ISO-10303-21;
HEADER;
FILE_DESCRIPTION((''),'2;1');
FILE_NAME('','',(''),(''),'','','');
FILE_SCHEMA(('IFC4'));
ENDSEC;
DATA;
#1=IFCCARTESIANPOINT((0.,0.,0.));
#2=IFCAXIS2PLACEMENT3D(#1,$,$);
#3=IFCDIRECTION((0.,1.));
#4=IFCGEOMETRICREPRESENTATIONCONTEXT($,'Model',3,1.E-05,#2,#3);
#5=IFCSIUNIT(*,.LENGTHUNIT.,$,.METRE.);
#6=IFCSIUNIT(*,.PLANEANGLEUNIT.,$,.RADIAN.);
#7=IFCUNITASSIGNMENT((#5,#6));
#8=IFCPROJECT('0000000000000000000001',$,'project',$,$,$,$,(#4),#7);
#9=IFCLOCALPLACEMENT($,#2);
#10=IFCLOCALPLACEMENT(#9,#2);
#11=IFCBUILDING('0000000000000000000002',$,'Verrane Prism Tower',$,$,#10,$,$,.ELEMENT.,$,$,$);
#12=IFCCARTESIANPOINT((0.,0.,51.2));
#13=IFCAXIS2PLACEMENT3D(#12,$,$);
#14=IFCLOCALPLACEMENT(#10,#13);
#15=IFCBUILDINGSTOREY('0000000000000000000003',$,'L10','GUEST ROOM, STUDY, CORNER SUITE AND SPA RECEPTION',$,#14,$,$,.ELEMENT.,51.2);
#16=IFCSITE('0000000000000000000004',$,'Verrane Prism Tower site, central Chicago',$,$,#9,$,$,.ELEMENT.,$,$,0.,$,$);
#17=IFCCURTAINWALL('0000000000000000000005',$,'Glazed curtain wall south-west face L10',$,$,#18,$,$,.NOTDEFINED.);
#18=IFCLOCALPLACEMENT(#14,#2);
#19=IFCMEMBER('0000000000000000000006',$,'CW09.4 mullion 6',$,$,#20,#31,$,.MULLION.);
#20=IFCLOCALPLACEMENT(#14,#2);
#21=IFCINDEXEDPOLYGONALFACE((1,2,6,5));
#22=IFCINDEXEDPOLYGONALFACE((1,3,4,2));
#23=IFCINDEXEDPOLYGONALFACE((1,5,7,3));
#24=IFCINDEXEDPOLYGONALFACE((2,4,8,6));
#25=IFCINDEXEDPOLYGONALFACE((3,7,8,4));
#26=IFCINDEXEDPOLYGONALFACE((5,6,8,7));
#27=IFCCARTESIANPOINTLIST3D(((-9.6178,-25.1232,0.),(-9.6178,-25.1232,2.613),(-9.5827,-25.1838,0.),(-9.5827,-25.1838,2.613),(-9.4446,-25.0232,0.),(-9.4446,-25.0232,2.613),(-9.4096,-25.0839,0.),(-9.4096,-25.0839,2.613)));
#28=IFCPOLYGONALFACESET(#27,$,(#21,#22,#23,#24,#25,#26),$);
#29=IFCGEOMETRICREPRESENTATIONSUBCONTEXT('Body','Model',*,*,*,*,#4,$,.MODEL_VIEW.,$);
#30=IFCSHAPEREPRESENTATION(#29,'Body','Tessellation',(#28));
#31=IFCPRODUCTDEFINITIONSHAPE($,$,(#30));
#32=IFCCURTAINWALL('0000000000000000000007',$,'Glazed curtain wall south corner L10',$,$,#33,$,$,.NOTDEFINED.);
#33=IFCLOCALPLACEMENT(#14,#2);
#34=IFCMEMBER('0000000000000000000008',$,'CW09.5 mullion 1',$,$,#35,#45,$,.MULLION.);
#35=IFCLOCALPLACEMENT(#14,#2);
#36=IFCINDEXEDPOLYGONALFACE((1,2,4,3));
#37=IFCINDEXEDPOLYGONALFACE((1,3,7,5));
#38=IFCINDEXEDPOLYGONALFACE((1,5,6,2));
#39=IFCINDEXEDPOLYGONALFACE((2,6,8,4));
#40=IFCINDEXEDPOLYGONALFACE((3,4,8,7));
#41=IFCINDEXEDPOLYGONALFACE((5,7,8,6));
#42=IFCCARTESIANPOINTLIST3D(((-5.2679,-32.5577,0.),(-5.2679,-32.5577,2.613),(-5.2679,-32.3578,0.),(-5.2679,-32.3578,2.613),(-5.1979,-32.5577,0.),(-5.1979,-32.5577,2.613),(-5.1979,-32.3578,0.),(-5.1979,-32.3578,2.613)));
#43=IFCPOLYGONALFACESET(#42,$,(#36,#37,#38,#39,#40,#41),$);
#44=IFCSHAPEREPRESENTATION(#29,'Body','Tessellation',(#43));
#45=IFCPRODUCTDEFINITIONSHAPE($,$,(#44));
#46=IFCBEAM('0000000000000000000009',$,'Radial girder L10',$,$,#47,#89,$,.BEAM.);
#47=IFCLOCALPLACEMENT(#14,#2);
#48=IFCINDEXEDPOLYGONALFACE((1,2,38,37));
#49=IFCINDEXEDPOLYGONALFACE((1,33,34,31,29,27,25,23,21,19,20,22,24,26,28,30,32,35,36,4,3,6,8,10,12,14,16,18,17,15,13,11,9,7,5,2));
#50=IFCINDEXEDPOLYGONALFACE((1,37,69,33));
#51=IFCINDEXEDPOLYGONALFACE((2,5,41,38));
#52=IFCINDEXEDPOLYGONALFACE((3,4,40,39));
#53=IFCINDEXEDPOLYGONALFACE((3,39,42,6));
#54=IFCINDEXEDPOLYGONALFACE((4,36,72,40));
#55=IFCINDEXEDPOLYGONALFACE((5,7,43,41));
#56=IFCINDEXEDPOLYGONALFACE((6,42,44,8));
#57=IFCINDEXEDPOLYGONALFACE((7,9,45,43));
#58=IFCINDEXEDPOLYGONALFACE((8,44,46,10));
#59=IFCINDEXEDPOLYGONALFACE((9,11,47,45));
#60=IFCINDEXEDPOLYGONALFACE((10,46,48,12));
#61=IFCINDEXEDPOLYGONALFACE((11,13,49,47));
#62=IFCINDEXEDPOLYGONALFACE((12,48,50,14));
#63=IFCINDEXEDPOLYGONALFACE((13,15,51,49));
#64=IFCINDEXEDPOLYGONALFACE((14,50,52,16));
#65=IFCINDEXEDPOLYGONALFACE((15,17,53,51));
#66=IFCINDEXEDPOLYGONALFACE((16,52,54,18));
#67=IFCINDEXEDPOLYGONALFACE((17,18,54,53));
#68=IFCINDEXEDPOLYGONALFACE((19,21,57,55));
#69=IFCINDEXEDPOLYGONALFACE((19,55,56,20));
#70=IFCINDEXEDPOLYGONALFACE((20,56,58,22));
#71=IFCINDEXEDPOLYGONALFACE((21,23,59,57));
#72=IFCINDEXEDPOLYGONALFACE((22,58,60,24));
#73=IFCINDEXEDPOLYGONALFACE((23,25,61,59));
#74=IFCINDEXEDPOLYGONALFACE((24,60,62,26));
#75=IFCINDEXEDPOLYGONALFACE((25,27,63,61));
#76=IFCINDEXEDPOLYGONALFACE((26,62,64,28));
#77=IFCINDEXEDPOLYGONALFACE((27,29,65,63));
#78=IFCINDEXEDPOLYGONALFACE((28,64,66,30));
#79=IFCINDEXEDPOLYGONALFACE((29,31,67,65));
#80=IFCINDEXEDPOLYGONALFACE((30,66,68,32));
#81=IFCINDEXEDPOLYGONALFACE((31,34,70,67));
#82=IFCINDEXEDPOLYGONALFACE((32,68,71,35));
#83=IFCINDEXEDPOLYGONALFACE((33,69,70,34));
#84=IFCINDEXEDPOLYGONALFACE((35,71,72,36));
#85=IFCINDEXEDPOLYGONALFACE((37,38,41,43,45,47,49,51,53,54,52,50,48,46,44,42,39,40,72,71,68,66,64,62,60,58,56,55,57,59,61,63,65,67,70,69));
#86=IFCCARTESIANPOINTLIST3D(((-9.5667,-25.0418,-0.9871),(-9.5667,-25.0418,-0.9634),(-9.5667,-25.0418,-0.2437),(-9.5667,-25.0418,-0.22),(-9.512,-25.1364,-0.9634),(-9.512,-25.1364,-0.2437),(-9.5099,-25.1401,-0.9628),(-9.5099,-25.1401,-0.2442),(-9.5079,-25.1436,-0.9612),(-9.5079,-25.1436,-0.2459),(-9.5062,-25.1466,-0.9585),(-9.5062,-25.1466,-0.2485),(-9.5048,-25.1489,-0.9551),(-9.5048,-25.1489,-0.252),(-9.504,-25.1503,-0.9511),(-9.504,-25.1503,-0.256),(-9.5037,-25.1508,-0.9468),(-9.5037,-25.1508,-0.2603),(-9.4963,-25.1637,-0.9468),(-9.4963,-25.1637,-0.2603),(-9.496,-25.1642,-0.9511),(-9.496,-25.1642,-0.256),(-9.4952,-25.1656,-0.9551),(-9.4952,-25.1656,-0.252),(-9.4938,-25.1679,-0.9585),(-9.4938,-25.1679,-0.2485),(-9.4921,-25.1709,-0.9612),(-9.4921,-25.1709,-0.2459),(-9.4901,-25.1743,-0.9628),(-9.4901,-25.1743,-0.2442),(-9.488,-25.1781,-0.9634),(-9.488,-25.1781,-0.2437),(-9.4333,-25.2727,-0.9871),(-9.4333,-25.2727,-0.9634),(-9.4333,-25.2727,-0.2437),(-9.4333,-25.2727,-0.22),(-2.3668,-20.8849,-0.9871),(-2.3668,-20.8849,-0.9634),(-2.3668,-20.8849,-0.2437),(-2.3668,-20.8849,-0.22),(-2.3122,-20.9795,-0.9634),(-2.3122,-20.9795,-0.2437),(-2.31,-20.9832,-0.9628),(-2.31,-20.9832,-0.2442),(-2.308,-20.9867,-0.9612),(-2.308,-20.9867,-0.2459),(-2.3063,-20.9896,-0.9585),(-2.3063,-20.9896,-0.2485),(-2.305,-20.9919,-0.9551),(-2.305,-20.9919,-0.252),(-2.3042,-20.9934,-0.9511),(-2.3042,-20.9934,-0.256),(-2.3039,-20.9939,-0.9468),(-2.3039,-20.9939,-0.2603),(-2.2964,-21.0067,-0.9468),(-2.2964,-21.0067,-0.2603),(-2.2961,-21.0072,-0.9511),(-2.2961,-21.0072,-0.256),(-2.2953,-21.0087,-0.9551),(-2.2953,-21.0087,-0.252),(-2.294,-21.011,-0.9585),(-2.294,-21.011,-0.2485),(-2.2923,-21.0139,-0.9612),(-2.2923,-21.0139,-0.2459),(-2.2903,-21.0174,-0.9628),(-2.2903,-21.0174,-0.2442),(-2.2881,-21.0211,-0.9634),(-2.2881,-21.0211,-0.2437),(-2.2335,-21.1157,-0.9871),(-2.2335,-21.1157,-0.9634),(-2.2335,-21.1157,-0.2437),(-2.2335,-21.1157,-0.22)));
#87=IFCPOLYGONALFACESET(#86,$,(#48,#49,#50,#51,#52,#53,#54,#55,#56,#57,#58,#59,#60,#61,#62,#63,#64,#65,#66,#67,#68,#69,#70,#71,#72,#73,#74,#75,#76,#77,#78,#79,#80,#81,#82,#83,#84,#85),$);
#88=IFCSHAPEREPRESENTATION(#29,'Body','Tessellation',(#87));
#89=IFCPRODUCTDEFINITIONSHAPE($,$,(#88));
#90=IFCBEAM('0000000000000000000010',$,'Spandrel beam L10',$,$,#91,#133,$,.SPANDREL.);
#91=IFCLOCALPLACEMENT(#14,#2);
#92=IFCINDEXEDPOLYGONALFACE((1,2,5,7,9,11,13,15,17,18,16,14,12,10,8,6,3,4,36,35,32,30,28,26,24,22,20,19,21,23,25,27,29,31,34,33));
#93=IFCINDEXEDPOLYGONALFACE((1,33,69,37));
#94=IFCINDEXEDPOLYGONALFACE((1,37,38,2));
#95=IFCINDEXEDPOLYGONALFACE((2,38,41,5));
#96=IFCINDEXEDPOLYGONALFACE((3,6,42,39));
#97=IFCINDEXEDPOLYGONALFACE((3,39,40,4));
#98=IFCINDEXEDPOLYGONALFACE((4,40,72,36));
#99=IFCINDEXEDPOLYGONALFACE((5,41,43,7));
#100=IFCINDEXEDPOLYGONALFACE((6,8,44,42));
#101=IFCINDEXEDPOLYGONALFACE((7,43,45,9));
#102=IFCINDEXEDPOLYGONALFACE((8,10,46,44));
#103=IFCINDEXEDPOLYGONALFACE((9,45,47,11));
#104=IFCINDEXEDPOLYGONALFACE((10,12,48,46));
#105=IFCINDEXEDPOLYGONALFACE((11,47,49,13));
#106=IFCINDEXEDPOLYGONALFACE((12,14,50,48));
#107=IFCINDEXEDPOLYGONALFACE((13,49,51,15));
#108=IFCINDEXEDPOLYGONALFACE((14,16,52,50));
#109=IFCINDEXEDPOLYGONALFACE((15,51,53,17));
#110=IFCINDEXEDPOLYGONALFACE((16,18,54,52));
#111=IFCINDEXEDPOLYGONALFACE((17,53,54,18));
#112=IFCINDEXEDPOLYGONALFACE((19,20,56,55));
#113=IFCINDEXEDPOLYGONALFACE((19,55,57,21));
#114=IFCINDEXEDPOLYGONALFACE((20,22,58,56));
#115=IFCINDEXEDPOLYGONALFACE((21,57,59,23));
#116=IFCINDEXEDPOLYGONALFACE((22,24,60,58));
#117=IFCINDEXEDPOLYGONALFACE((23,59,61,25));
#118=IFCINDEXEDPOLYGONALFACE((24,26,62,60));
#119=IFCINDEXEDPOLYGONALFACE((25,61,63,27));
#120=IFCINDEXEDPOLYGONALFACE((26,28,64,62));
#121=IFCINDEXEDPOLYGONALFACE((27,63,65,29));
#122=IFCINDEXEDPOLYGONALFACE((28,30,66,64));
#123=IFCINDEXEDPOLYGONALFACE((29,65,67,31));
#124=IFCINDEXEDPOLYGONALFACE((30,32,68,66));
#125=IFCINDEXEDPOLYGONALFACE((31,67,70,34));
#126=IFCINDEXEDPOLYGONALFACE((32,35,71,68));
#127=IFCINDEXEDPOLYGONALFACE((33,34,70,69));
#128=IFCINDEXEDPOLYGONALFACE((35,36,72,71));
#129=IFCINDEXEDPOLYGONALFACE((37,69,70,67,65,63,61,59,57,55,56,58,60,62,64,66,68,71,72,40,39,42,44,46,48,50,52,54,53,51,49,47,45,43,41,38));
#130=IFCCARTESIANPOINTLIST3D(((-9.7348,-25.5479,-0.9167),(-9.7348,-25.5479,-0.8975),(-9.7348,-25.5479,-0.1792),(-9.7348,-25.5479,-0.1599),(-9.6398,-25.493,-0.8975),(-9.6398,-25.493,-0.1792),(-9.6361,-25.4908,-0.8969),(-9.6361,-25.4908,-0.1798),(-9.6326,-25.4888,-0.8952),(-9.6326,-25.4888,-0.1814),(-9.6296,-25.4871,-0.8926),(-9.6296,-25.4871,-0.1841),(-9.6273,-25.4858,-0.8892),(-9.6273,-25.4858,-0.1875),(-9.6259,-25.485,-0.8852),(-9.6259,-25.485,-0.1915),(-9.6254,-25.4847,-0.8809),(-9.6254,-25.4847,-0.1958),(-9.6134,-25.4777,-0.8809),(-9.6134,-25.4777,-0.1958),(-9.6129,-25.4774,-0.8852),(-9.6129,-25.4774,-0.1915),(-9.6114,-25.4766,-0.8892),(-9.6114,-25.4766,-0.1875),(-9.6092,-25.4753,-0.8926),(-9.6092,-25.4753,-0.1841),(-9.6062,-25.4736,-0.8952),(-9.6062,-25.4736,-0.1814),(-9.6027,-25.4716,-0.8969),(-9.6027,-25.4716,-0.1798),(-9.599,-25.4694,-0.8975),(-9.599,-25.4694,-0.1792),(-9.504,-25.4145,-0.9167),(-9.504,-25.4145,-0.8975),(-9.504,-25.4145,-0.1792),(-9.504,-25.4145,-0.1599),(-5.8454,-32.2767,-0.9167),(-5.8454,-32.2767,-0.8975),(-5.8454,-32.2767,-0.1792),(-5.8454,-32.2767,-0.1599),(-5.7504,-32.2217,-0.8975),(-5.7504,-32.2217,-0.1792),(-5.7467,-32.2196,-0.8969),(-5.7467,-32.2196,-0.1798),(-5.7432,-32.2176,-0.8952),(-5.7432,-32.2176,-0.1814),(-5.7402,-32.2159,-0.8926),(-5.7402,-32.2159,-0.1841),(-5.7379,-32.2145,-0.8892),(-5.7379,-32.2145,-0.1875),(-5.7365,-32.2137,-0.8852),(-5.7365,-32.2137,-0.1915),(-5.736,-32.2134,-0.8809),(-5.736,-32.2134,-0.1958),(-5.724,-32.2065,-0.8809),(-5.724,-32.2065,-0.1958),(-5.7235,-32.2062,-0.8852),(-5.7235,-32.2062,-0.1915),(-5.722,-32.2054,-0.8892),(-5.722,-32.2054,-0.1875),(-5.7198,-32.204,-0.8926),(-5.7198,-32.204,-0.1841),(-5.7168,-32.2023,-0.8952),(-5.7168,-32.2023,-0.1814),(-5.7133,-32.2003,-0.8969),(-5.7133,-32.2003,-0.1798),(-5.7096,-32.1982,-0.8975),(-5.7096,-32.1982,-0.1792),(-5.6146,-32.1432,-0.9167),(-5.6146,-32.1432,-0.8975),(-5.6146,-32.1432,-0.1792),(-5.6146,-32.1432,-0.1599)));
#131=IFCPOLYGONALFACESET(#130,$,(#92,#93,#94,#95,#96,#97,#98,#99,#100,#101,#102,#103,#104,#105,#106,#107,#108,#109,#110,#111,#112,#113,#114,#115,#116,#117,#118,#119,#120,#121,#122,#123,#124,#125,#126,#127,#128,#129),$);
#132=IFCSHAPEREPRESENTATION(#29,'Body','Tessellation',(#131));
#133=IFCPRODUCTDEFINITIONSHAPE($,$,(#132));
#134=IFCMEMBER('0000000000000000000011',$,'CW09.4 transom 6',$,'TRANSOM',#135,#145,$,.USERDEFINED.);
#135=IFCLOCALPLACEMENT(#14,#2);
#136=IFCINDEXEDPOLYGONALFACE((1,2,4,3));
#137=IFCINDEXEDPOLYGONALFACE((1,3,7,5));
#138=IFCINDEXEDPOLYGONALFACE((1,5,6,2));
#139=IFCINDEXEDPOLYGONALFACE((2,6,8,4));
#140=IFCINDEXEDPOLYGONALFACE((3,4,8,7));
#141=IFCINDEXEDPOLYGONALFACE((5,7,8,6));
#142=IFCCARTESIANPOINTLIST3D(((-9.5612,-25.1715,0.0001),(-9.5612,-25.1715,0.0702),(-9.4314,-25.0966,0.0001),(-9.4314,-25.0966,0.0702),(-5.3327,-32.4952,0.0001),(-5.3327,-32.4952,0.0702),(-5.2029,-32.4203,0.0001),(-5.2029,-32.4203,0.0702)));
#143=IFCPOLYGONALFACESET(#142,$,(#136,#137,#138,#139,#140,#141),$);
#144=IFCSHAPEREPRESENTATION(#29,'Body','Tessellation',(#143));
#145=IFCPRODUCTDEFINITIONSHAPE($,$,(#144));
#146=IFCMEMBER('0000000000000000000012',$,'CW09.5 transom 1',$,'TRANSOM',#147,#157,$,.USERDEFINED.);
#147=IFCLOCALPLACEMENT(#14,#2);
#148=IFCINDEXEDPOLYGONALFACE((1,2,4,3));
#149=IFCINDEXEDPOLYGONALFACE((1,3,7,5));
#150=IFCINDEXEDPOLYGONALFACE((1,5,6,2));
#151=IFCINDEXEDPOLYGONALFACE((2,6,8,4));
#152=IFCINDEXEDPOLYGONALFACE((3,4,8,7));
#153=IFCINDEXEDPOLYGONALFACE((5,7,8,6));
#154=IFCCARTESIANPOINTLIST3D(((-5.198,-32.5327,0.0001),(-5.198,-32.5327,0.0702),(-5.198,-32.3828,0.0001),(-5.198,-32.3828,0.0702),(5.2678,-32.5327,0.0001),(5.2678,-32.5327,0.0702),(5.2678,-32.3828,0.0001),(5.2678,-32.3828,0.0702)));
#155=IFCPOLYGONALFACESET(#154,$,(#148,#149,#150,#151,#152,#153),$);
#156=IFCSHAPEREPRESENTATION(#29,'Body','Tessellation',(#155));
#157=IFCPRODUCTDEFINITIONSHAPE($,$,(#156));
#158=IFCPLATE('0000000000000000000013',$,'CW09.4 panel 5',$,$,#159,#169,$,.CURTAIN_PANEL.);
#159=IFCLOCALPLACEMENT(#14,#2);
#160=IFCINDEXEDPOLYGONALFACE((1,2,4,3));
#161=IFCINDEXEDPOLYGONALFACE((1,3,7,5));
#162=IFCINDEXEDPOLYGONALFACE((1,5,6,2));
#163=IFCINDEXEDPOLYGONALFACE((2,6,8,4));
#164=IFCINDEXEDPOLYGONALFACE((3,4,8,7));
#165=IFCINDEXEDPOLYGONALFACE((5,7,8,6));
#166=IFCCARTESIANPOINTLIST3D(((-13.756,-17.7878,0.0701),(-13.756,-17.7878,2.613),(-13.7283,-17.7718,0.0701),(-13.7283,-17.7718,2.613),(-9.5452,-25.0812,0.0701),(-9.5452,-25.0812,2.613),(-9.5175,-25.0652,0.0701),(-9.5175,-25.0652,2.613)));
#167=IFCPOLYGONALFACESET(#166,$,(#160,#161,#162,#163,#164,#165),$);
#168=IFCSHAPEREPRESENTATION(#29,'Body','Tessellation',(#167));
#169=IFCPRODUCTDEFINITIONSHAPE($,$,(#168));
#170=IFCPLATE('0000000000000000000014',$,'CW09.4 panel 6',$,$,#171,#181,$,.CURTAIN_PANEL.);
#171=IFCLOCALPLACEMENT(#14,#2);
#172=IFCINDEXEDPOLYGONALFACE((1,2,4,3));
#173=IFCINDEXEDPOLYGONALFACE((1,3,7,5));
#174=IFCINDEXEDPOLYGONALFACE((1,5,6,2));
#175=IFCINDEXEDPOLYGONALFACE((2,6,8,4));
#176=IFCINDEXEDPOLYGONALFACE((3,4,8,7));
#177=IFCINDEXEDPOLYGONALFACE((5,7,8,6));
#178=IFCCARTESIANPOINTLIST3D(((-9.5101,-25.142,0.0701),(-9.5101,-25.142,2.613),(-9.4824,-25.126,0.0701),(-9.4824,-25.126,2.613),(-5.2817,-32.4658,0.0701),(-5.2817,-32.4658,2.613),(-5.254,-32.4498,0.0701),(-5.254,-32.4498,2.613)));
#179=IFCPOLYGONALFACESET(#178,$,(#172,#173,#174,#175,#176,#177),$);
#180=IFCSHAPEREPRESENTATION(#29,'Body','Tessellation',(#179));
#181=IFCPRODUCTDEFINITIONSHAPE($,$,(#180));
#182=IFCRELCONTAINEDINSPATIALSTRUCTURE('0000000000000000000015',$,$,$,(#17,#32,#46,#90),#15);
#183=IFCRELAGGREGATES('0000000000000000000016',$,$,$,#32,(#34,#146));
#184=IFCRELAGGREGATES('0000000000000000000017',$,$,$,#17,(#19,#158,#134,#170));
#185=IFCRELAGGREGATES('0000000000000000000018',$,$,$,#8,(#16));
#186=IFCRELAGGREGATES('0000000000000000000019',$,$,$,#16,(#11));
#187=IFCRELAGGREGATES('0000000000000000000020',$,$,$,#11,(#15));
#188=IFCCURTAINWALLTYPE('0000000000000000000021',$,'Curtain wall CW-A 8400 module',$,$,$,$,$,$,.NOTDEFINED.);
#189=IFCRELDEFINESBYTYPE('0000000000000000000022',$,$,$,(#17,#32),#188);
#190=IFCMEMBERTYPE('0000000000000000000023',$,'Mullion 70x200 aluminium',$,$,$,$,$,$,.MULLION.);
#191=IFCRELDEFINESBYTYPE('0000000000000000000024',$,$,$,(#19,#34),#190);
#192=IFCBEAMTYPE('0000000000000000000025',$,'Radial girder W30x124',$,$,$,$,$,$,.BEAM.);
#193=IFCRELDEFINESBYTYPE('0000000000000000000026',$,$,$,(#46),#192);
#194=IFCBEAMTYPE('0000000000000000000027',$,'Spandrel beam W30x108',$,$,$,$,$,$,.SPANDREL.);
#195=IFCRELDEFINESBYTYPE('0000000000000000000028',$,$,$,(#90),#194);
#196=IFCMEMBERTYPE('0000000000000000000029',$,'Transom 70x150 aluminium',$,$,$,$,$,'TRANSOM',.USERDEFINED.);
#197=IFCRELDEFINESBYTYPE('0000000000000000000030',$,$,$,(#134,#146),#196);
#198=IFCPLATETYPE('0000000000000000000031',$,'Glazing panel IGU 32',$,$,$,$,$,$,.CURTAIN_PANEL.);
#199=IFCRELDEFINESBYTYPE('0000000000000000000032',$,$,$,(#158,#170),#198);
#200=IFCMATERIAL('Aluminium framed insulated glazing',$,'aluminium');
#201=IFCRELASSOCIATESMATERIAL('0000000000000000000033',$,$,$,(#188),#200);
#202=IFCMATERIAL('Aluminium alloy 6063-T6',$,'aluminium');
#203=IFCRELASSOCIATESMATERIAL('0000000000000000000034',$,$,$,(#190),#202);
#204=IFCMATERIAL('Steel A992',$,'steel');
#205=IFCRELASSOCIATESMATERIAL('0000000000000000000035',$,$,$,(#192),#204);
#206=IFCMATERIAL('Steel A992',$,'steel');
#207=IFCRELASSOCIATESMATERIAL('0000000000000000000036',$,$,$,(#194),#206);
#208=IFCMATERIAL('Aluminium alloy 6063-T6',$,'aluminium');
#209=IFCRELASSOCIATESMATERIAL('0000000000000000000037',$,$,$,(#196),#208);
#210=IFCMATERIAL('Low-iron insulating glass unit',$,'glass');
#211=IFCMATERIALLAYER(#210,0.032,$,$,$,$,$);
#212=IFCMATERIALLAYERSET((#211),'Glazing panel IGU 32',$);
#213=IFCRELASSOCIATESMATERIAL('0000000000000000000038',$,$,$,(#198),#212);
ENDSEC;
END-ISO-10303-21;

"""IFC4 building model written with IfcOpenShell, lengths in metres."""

from ifc_helpers import new_model, si_unit, direction, frame, origin, origin_2d, place, context, subcontext, project, spatial, rectangle, i_section, extrude, material, layer, layer_set, material_profile, profile_set, type_object, element, aggregate, save


model = new_model("IFC4")

# Units and contexts
model_context = context("Model", 3, precision=1e-05, world=origin(), true_north=direction((0.0, 1.0)))
body_context = subcontext(model_context, "Body", "Model", "MODEL_VIEW")
ifc_project = project(units=[si_unit("LENGTHUNIT", "METRE"), si_unit("PLANEANGLEUNIT", "RADIAN")], contexts=[model_context])

# Site, building, storey
site_placement = place(None, origin())
site = spatial("IfcSite", under=ifc_project, at=site_placement, Name="Verrane Prism Tower site, central Chicago", CompositionType="ELEMENT", RefElevation=0.0)
building_placement = place(site_placement, origin())
building = spatial("IfcBuilding", under=site, at=building_placement, Name="Verrane Prism Tower", CompositionType="ELEMENT")
storey_placement = place(building_placement, frame((0.0, 0.0, 51.2)))
storey = spatial("IfcBuildingStorey", under=building, at=storey_placement, Name="L10", Description="GUEST ROOM, STUDY, CORNER SUITE AND SPA RECEPTION", CompositionType="ELEMENT", Elevation=51.2)

# Curtain walls, members
ifc_material_1 = material(Name="Aluminium framed insulated glazing", Category="aluminium")
curtain_wall_type = type_object("IfcCurtainWallType", Name="Curtain wall CW-A 8400 module", PredefinedType="NOTDEFINED", material=ifc_material_1)
curtain_wall_1_placement = place(storey_placement, origin())
curtain_wall_1 = element("IfcCurtainWall", 1, at=curtain_wall_1_placement, inside=storey, type_object=curtain_wall_type, Name="Glazed curtain wall south-west face L10", PredefinedType="NOTDEFINED")
ifc_material_2 = material(Name="Aluminium alloy 6063-T6", Category="aluminium")
ifc_material_profile_1 = material_profile(ifc_material_2, rectangle(XDim=0.2, YDim=0.0701, at=origin_2d()), Name="Mullion 70x200 aluminium")
ifc_profile_set_1 = profile_set([ifc_material_profile_1], Name="Aluminium alloy 6063-T6")
member_type_1 = type_object("IfcMemberType", Name="Mullion 70x200 aluminium", PredefinedType="MULLION", material=ifc_profile_set_1)
member_1_placement = place(storey_placement, frame((-9.5137, -25.1035, 0.0), z_axis=(0.0, 0.0, 1.0), x_axis=(0.866026, 0.499999, 0.0)))
member_1 = element("IfcMember", 2, at=member_1_placement, type_object=member_type_1, Name="CW09.4 mullion 6", PredefinedType="MULLION", context=body_context, shape_type="SweptSolid", body=[
    extrude(rectangle(XDim=0.2, YDim=0.0701, at=origin_2d()), origin(), (0.0, 0.0, 1.0), 2.613),
])
curtain_wall_2_placement = place(storey_placement, origin())
curtain_wall_2 = element("IfcCurtainWall", 3, at=curtain_wall_2_placement, inside=storey, type_object=curtain_wall_type, Name="Glazed curtain wall south corner L10", PredefinedType="NOTDEFINED")
member_2_placement = place(storey_placement, frame((-5.2329, -32.4578, 0.0), z_axis=(0.0, 0.0, 1.0), x_axis=(0.0, 1.0, 0.0)))
member_2 = element("IfcMember", 4, at=member_2_placement, type_object=member_type_1, Name="CW09.5 mullion 1", PredefinedType="MULLION", context=body_context, shape_type="SweptSolid", body=[
    extrude(rectangle(XDim=0.2, YDim=0.0701, at=origin_2d()), origin(), (0.0, 0.0, 1.0), 2.613),
])

# Beams
ifc_material_3 = material(Name="Steel A992", Category="steel")
ifc_material_profile_2 = material_profile(ifc_material_3, i_section(OverallWidth=0.2666, OverallDepth=0.7671, WebThickness=0.0149, FlangeThickness=0.0237, FilletRadius=0.0166, at=origin_2d()), Name="W30x124")
ifc_profile_set_2 = profile_set([ifc_material_profile_2], Name="Steel A992")
beam_type_1 = type_object("IfcBeamType", Name="Radial girder W30x124", PredefinedType="BEAM", material=ifc_profile_set_2)
beam_1_placement = place(storey_placement, frame((-9.5, -25.1572, -0.6035), z_axis=(0.866021, 0.500008, 0.0), x_axis=(-0.500008, 0.866021, 0.0)))
element("IfcBeam", 5, at=beam_1_placement, inside=storey, type_object=beam_type_1, Name="Radial girder L10", PredefinedType="BEAM", context=body_context, shape_type="SweptSolid", body=[
    extrude(i_section(OverallWidth=0.2666, OverallDepth=0.7671, WebThickness=0.0149, FlangeThickness=0.0237, FilletRadius=0.0166, at=origin_2d()), origin(), (0.0, 0.0, 1.0), 8.3137),
])
ifc_material_4 = material(Name="Steel A992", Category="steel")
ifc_material_profile_3 = material_profile(ifc_material_4, i_section(OverallWidth=0.2666, OverallDepth=0.7568, WebThickness=0.0139, FlangeThickness=0.0193, FilletRadius=0.0166, at=origin_2d()), Name="W30x108")
ifc_profile_set_3 = profile_set([ifc_material_profile_3], Name="Steel A992")
beam_type_2 = type_object("IfcBeamType", Name="Spandrel beam W30x108", PredefinedType="SPANDREL", material=ifc_profile_set_3)
beam_2_placement = place(storey_placement, frame((-9.6194, -25.4812, -0.5383), z_axis=(0.500439, -0.865772, 0.0), x_axis=(0.865772, 0.500439, 0.0)))
element("IfcBeam", 6, at=beam_2_placement, inside=storey, type_object=beam_type_2, Name="Spandrel beam L10", PredefinedType="SPANDREL", context=body_context, shape_type="SweptSolid", body=[
    extrude(i_section(OverallWidth=0.2666, OverallDepth=0.7568, WebThickness=0.0139, FlangeThickness=0.0193, FilletRadius=0.0166, at=origin_2d()), origin(), (0.0, 0.0, 1.0), 7.772),
])

# Members
ifc_material_5 = material(Name="Aluminium alloy 6063-T6", Category="aluminium")
ifc_material_profile_4 = material_profile(ifc_material_5, rectangle(XDim=0.1499, YDim=0.0701, at=origin_2d()), Name="Transom 70x150 aluminium")
ifc_profile_set_4 = profile_set([ifc_material_profile_4], Name="Aluminium alloy 6063-T6")
member_type_2 = type_object("IfcMemberType", Name="Transom 70x150 aluminium", ElementType="TRANSOM", PredefinedType="USERDEFINED", material=ifc_profile_set_4)
member_3_placement = place(storey_placement, frame((-9.4963, -25.134, 0.0352), z_axis=(0.500014, -0.866017, 0.0), x_axis=(0.866017, 0.500014, 0.0)))
member_3 = element("IfcMember", 7, at=member_3_placement, type_object=member_type_2, Name="CW09.4 transom 6", ObjectType="TRANSOM", PredefinedType="USERDEFINED", context=body_context, shape_type="SweptSolid", body=[
    extrude(rectangle(XDim=0.1499, YDim=0.0701, at=origin_2d()), origin(), (0.0, 0.0, 1.0), 8.4568),
])
member_4_placement = place(storey_placement, frame((-5.198, -32.4578, 0.0352), z_axis=(1.0, 0.0, 0.0), x_axis=(0.0, 1.0, 0.0)))
member_4 = element("IfcMember", 8, at=member_4_placement, type_object=member_type_2, Name="CW09.5 transom 1", ObjectType="TRANSOM", PredefinedType="USERDEFINED", context=body_context, shape_type="SweptSolid", body=[
    extrude(rectangle(XDim=0.1499, YDim=0.0701, at=origin_2d()), origin(), (0.0, 0.0, 1.0), 10.4658),
])
aggregate(curtain_wall_2, [member_2, member_4])

# Plates
ifc_material_6 = material(Name="Low-iron insulating glass unit", Category="glass")
ifc_layer_1 = layer(ifc_material_6, 0.032)
ifc_layer_set_1 = layer_set([ifc_layer_1], Name="Glazing panel IGU 32")
plate_type = type_object("IfcPlateType", Name="Glazing panel IGU 32", PredefinedType="CURTAIN_PANEL", material=ifc_layer_set_1)
plate_1_placement = place(storey_placement, frame((-11.6367, -21.4265, 0.0701), z_axis=(0.0, 0.0, 1.0), x_axis=(0.499999, -0.866026, 0.0)))
plate_1 = element("IfcPlate", 9, at=plate_1_placement, type_object=plate_type, Name="CW09.4 panel 5", PredefinedType="CURTAIN_PANEL", context=body_context, shape_type="SweptSolid", body=[
    extrude(rectangle(XDim=8.4216, YDim=0.032, at=origin_2d()), origin(), (0.0, 0.0, 1.0), 2.543),
])
plate_2_placement = place(storey_placement, frame((-7.3821, -28.7959, 0.0701), z_axis=(0.0, 0.0, 1.0), x_axis=(0.499999, -0.866026, 0.0)))
plate_2 = element("IfcPlate", 10, at=plate_2_placement, type_object=plate_type, Name="CW09.4 panel 6", PredefinedType="CURTAIN_PANEL", context=body_context, shape_type="SweptSolid", body=[
    extrude(rectangle(XDim=8.4568, YDim=0.032, at=origin_2d()), origin(), (0.0, 0.0, 1.0), 2.543),
])
aggregate(curtain_wall_1, [member_1, plate_1, member_3, plate_2])

save(model, "model.ifc")
